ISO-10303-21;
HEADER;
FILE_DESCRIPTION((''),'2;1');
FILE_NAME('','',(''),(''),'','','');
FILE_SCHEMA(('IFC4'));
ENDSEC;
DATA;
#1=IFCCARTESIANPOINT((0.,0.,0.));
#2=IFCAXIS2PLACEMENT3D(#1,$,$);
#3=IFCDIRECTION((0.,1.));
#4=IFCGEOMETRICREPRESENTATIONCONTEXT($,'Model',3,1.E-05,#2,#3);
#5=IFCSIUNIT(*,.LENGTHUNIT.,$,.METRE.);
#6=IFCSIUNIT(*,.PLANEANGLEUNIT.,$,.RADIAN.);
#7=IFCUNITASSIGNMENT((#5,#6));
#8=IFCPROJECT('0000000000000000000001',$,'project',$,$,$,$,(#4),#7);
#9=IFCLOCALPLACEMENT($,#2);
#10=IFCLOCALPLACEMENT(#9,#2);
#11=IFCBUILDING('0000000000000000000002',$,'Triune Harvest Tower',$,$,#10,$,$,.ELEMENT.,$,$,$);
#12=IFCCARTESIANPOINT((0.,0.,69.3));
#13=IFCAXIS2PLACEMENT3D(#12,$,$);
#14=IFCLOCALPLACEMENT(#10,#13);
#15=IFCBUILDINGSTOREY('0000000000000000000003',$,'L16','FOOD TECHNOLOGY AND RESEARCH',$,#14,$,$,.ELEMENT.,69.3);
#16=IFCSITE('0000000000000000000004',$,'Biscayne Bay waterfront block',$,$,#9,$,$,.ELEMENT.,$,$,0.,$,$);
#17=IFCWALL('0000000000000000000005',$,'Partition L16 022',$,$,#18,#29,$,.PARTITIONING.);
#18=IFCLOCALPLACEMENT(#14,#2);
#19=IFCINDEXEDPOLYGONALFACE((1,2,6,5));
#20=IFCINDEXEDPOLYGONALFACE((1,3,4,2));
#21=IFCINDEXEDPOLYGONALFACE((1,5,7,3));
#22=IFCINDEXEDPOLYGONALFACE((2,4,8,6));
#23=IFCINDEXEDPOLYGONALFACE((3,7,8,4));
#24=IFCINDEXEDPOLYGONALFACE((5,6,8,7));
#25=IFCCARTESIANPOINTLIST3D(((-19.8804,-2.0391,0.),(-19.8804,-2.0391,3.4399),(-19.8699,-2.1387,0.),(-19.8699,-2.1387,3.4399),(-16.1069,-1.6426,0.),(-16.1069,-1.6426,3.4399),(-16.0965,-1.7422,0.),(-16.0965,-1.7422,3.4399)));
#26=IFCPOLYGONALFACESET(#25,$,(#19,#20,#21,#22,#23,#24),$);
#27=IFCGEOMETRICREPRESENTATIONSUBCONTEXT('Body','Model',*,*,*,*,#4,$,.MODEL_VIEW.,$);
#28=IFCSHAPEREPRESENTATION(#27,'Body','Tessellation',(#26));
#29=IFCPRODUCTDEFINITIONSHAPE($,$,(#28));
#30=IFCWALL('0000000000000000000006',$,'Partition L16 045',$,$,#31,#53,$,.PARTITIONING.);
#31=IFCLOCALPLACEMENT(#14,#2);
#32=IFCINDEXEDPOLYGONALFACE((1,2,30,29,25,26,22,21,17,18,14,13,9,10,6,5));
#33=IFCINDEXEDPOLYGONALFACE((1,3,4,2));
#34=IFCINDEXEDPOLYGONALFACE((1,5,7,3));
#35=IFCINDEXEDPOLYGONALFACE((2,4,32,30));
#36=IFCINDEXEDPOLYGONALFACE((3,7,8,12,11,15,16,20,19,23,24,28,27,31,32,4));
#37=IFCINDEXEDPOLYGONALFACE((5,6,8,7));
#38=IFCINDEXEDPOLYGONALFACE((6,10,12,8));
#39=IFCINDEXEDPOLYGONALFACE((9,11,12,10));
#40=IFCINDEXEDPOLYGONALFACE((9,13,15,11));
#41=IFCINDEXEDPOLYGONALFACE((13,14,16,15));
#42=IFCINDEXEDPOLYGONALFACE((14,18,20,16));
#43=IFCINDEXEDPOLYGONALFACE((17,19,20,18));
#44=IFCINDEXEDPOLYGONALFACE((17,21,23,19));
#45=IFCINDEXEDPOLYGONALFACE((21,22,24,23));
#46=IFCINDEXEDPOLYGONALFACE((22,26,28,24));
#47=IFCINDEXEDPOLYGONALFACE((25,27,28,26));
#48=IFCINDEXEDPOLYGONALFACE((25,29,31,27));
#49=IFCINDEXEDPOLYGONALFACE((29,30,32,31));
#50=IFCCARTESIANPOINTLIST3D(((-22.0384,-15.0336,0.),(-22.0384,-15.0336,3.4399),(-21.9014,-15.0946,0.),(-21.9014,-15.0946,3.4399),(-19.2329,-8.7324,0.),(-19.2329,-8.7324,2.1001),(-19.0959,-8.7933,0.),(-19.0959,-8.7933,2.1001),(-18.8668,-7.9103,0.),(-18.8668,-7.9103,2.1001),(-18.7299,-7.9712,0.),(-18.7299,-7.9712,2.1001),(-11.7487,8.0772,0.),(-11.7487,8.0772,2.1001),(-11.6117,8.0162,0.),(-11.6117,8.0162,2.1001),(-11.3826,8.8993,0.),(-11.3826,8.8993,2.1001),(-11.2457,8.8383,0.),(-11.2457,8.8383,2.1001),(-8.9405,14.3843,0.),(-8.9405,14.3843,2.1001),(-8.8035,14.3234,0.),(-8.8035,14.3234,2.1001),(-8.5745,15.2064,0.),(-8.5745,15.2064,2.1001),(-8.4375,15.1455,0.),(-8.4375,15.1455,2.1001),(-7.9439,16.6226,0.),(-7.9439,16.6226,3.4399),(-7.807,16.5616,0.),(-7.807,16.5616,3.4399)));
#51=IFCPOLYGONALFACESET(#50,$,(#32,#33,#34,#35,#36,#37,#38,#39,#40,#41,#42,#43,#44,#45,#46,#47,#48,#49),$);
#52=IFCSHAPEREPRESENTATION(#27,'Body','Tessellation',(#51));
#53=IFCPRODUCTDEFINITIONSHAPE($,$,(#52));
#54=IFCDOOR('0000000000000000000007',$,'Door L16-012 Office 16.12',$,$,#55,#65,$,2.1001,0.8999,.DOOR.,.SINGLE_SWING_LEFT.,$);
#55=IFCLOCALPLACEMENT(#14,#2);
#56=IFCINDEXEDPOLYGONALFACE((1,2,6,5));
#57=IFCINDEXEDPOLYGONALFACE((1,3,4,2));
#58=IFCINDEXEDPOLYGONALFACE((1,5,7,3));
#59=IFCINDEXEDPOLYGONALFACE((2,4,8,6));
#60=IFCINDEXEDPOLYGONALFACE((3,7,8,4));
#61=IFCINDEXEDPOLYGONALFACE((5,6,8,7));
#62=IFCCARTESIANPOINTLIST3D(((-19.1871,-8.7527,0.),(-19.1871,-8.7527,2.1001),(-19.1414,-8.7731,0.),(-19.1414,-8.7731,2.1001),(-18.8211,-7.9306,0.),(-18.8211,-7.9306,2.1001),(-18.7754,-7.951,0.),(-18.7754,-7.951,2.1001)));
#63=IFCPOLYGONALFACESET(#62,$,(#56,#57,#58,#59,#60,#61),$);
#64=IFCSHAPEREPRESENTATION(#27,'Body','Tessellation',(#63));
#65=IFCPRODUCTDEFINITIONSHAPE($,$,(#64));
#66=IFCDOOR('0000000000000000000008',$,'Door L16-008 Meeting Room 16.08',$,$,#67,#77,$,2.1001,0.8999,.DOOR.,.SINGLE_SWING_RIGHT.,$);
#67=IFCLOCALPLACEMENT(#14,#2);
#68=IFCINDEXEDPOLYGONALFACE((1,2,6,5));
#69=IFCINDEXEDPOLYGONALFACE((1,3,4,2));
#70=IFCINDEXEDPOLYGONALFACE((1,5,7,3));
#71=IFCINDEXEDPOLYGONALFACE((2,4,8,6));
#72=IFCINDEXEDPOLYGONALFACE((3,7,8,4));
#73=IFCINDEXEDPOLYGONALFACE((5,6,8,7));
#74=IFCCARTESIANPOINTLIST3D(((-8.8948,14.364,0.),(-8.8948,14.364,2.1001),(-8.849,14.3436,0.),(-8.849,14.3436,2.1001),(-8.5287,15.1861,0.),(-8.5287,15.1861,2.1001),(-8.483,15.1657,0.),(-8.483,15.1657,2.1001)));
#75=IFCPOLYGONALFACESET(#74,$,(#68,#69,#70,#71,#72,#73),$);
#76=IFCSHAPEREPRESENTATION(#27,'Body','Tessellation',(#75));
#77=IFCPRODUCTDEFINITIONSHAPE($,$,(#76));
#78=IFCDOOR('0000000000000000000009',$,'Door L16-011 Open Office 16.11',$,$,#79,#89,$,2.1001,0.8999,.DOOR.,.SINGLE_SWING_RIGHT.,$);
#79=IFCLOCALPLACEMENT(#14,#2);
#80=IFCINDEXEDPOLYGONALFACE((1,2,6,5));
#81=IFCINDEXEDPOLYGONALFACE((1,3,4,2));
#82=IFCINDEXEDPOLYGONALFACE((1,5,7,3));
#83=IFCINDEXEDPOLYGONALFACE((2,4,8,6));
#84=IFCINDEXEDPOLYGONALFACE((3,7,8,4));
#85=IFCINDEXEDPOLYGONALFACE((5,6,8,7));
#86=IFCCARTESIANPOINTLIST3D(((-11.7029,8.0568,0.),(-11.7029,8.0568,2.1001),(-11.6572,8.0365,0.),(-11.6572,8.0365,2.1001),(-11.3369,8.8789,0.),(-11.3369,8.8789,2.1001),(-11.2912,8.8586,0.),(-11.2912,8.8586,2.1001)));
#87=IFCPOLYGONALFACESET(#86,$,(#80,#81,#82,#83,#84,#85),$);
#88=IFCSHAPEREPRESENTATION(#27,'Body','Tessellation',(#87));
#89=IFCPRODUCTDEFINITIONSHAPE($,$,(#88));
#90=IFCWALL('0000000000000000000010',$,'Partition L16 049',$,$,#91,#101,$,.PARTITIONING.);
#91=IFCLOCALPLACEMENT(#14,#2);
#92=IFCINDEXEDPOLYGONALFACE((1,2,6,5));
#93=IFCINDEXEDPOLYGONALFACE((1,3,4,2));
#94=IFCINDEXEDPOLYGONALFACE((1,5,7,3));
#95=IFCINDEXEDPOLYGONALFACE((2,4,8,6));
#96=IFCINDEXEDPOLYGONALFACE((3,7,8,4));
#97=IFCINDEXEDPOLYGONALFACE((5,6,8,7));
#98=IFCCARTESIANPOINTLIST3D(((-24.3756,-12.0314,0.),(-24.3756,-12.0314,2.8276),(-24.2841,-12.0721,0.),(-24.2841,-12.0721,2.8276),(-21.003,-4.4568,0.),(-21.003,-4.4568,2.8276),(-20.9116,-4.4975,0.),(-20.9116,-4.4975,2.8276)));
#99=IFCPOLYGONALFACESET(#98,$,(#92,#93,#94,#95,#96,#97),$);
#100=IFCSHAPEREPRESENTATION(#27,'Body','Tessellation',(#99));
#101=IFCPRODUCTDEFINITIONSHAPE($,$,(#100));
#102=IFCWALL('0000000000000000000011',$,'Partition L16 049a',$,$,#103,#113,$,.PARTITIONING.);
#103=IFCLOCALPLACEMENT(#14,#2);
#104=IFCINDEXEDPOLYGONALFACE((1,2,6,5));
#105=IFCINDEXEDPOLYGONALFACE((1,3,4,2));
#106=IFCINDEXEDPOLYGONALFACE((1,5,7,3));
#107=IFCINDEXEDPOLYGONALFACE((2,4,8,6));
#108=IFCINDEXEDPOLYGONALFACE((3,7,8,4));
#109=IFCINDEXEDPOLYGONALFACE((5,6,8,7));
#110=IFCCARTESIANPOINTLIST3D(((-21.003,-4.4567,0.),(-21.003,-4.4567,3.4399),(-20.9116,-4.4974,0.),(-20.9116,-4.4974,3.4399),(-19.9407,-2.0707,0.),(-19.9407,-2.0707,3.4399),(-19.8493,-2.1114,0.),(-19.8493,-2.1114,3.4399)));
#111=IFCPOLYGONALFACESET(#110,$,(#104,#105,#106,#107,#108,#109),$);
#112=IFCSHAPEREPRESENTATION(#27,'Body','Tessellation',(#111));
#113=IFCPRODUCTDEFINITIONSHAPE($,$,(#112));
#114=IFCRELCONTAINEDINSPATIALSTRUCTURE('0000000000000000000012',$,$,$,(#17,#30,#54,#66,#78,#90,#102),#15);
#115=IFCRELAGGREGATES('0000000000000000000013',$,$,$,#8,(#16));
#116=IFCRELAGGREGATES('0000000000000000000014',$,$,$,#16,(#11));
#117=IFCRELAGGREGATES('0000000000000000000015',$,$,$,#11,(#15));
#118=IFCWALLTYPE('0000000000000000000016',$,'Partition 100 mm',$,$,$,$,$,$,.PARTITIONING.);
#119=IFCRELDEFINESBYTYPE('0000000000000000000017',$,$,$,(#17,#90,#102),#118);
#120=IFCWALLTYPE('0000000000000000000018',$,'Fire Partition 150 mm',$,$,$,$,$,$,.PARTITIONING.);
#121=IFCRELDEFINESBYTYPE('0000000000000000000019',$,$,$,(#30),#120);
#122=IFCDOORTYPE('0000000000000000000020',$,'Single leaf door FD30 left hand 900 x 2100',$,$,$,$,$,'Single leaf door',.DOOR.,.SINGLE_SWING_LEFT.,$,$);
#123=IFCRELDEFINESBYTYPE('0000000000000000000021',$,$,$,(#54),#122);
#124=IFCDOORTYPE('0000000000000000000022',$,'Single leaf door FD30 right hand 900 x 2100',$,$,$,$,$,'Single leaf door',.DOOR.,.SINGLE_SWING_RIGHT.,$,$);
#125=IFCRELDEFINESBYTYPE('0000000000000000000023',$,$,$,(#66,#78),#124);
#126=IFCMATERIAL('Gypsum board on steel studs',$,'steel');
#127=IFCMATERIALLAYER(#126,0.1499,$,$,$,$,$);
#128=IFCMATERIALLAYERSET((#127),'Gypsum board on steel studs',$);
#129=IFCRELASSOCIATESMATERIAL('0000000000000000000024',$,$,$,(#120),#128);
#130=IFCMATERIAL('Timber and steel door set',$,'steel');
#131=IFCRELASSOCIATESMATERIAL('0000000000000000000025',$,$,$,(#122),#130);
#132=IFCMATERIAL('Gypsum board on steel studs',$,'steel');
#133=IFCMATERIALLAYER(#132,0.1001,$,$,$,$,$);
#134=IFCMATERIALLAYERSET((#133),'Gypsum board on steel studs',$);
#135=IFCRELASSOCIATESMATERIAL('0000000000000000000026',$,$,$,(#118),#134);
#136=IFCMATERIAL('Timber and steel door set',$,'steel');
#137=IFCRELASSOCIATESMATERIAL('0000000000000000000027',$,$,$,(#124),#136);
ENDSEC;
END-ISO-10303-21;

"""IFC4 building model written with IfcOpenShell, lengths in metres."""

from ifc_helpers import new_model, si_unit, direction, frame, frame_2d, origin, place, context, subcontext, project, spatial, rectangle, extrude, source, transform, mapped, material, layer, layer_set, type_object, element, fill, save


model = new_model("IFC4")

# Units and contexts
model_context = context("Model", 3, precision=1e-05, world=origin(), true_north=direction((0.0, 1.0)))
body_context = subcontext(model_context, "Body", "Model", "MODEL_VIEW")
ifc_project = project(units=[si_unit("LENGTHUNIT", "METRE"), si_unit("PLANEANGLEUNIT", "RADIAN")], contexts=[model_context])

# Site, building, storey
site_placement = place(None, origin())
site = spatial("IfcSite", under=ifc_project, at=site_placement, Name="Biscayne Bay waterfront block", CompositionType="ELEMENT", RefElevation=0.0)
building_placement = place(site_placement, origin())
building = spatial("IfcBuilding", under=site, at=building_placement, Name="Triune Harvest Tower", CompositionType="ELEMENT")
storey_placement = place(building_placement, frame((0.0, 0.0, 69.3)))
storey = spatial("IfcBuildingStorey", under=building, at=storey_placement, Name="L16", Description="FOOD TECHNOLOGY AND RESEARCH", CompositionType="ELEMENT", Elevation=69.3)

# Shared definitions
ifc_material_1 = material(Name="Gypsum board on steel studs", Category="steel")
ifc_layer_1 = layer(ifc_material_1, 0.1499)
ifc_layer_set_1 = layer_set([ifc_layer_1], Name="Gypsum board on steel studs")
wall_type_1 = type_object("IfcWallType", Name="Fire Partition 150 mm", PredefinedType="PARTITIONING", material=ifc_layer_set_1)
ifc_material_2 = material(Name="Timber and steel door set", Category="steel")
door_type_1 = type_object("IfcDoorType", Name="Single leaf door FD30 left hand 900 x 2100", ElementType="Single leaf door", OperationType="SINGLE_SWING_LEFT", PredefinedType="DOOR", material=ifc_material_2)

# Shared definitions
ifc_material_3 = material(Name="Gypsum board on steel studs", Category="steel")
ifc_layer_2 = layer(ifc_material_3, 0.1001)
ifc_layer_set_2 = layer_set([ifc_layer_2], Name="Gypsum board on steel studs")
wall_type_2 = type_object("IfcWallType", Name="Partition 100 mm", PredefinedType="PARTITIONING", material=ifc_layer_set_2)

# Wall
shared_shape_1 = source(origin(), body_context, "Body", "SweptSolid", [
    extrude(rectangle(XDim=3.7942, YDim=0.1001, at=frame_2d((1.897, 0.0))), origin(), (0.0, 0.0, 1.0), 3.4399),
])
wall_1_placement = place(storey_placement, frame((-19.875, -2.0889, 0.0), z_axis=(0.0, 0.0, 1.0), x_axis=(0.994525, 0.104497, 0.0)))
element("IfcWall", 1, at=wall_1_placement, inside=storey, type_object=wall_type_2, Name="Partition L16 022", PredefinedType="PARTITIONING", context=body_context, shape_type="MappedRepresentation", body=[
    mapped(shared_shape_1, transform((0.0, 0.0, 0.0), scale=1.0)),
])

# Wall, openings, doors
shared_shape_2 = source(origin(), body_context, "Body", "SweptSolid", [
    extrude(rectangle(XDim=34.6521, YDim=0.1499, at=frame_2d((17.3262, 0.0))), origin(), (0.0, 0.0, 1.0), 3.4399),
])
wall_2_placement = place(storey_placement, frame((-21.97, -15.0642, 0.0), z_axis=(0.0, 0.0, 1.0), x_axis=(0.406742, 0.913543, 0.0)))
wall_2 = element("IfcWall", 2, at=wall_2_placement, inside=storey, type_object=wall_type_1, Name="Partition L16 045", PredefinedType="PARTITIONING", context=body_context, shape_type="MappedRepresentation", body=[
    mapped(shared_shape_2, transform((0.0, 0.0, 0.0), scale=1.0)),
])
opening_1_placement = place(wall_2_placement, frame((32.2021, 0.0, 0.0)))
opening_1 = element("IfcOpeningElement", 3, at=opening_1_placement, cuts=wall_2, PredefinedType="OPENING", context=body_context, shape_type="SweptSolid", body=[
    extrude(rectangle(XDim=0.8999, YDim=2.1001, at=frame_2d((0.45, 1.05))), frame((0.0, 0.085, 0.0), z_axis=(0.0, -1.0, 0.0), x_axis=(1.0, 0.0, 0.0)), (0.0, 0.0, 1.0), 0.1699),
])
opening_2_placement = place(wall_2_placement, frame((25.2981, 0.0, 0.0)))
opening_2 = element("IfcOpeningElement", 4, at=opening_2_placement, cuts=wall_2, PredefinedType="OPENING", context=body_context, shape_type="SweptSolid", body=[
    extrude(rectangle(XDim=0.8999, YDim=2.1001, at=frame_2d((0.45, 1.05))), frame((0.0, 0.085, 0.0), z_axis=(0.0, -1.0, 0.0), x_axis=(1.0, 0.0, 0.0)), (0.0, 0.0, 1.0), 0.1699),
])
opening_3_placement = place(wall_2_placement, frame((6.8977, 0.0, 0.0)))
opening_3 = element("IfcOpeningElement", 5, at=opening_3_placement, cuts=wall_2, PredefinedType="OPENING", context=body_context, shape_type="SweptSolid", body=[
    extrude(rectangle(XDim=0.8999, YDim=2.1001, at=frame_2d((0.45, 1.05))), frame((0.0, 0.085, 0.0), z_axis=(0.0, -1.0, 0.0), x_axis=(1.0, 0.0, 0.0)), (0.0, 0.0, 1.0), 0.1699),
])
door_1_placement = place(opening_3_placement, origin())
door_1 = element("IfcDoor", 6, at=door_1_placement, inside=storey, type_object=door_type_1, Name="Door L16-012 Office 16.12", OperationType="SINGLE_SWING_LEFT", OverallHeight=2.1001, OverallWidth=0.8999, PredefinedType="DOOR", context=body_context, shape_type="SweptSolid", body=[
    extrude(rectangle(XDim=0.8999, YDim=2.1001, at=frame_2d((0.45, 1.05))), frame((0.0, 0.0249, 0.0), z_axis=(0.0, -1.0, 0.0), x_axis=(1.0, 0.0, 0.0)), (0.0, 0.0, 1.0), 0.05),
])
fill(opening_3, door_1)
ifc_material_4 = material(Name="Timber and steel door set", Category="steel")
door_type_2 = type_object("IfcDoorType", Name="Single leaf door FD30 right hand 900 x 2100", ElementType="Single leaf door", OperationType="SINGLE_SWING_RIGHT", PredefinedType="DOOR", material=ifc_material_4)
door_2_placement = place(opening_1_placement, origin())
door_2 = element("IfcDoor", 7, at=door_2_placement, inside=storey, type_object=door_type_2, Name="Door L16-008 Meeting Room 16.08", OperationType="SINGLE_SWING_RIGHT", OverallHeight=2.1001, OverallWidth=0.8999, PredefinedType="DOOR", context=body_context, shape_type="SweptSolid", body=[
    extrude(rectangle(XDim=0.8999, YDim=2.1001, at=frame_2d((0.45, 1.05))), frame((0.0, 0.0249, 0.0), z_axis=(0.0, -1.0, 0.0), x_axis=(1.0, 0.0, 0.0)), (0.0, 0.0, 1.0), 0.05),
])
fill(opening_1, door_2)
door_3_placement = place(opening_2_placement, origin())
door_3 = element("IfcDoor", 8, at=door_3_placement, inside=storey, type_object=door_type_2, Name="Door L16-011 Open Office 16.11", OperationType="SINGLE_SWING_RIGHT", OverallHeight=2.1001, OverallWidth=0.8999, PredefinedType="DOOR", context=body_context, shape_type="SweptSolid", body=[
    extrude(rectangle(XDim=0.8999, YDim=2.1001, at=frame_2d((0.45, 1.05))), frame((0.0, 0.0249, 0.0), z_axis=(0.0, -1.0, 0.0), x_axis=(1.0, 0.0, 0.0)), (0.0, 0.0, 1.0), 0.05),
])
fill(opening_2, door_3)

# Walls
shared_shape_3 = source(origin(), body_context, "Body", "SweptSolid", [
    extrude(rectangle(XDim=8.2915, YDim=0.1001, at=frame_2d((4.1458, 0.0))), origin(), (0.0, 0.0, 1.0), 2.8276),
])
wall_3_placement = place(storey_placement, frame((-24.3298, -12.0518, 0.0), z_axis=(0.0, 0.0, 1.0), x_axis=(0.406745, 0.913542, 0.0)))
element("IfcWall", 9, at=wall_3_placement, inside=storey, type_object=wall_type_2, Name="Partition L16 049", PredefinedType="PARTITIONING", context=body_context, shape_type="MappedRepresentation", body=[
    mapped(shared_shape_3, transform((0.0, 0.0, 0.0), scale=1.0)),
])
shared_shape_4 = source(origin(), body_context, "Body", "SweptSolid", [
    extrude(rectangle(XDim=2.6118, YDim=0.1001, at=frame_2d((1.3059, 0.0))), origin(), (0.0, 0.0, 1.0), 3.4399),
])
wall_4_placement = place(storey_placement, frame((-20.9573, -4.4771, 0.0), z_axis=(0.0, 0.0, 1.0), x_axis=(0.406719, 0.913553, 0.0)))
element("IfcWall", 10, at=wall_4_placement, inside=storey, type_object=wall_type_2, Name="Partition L16 049a", PredefinedType="PARTITIONING", context=body_context, shape_type="MappedRepresentation", body=[
    mapped(shared_shape_4, transform((0.0, 0.0, 0.0), scale=1.0)),
])

save(model, "model.ifc")
